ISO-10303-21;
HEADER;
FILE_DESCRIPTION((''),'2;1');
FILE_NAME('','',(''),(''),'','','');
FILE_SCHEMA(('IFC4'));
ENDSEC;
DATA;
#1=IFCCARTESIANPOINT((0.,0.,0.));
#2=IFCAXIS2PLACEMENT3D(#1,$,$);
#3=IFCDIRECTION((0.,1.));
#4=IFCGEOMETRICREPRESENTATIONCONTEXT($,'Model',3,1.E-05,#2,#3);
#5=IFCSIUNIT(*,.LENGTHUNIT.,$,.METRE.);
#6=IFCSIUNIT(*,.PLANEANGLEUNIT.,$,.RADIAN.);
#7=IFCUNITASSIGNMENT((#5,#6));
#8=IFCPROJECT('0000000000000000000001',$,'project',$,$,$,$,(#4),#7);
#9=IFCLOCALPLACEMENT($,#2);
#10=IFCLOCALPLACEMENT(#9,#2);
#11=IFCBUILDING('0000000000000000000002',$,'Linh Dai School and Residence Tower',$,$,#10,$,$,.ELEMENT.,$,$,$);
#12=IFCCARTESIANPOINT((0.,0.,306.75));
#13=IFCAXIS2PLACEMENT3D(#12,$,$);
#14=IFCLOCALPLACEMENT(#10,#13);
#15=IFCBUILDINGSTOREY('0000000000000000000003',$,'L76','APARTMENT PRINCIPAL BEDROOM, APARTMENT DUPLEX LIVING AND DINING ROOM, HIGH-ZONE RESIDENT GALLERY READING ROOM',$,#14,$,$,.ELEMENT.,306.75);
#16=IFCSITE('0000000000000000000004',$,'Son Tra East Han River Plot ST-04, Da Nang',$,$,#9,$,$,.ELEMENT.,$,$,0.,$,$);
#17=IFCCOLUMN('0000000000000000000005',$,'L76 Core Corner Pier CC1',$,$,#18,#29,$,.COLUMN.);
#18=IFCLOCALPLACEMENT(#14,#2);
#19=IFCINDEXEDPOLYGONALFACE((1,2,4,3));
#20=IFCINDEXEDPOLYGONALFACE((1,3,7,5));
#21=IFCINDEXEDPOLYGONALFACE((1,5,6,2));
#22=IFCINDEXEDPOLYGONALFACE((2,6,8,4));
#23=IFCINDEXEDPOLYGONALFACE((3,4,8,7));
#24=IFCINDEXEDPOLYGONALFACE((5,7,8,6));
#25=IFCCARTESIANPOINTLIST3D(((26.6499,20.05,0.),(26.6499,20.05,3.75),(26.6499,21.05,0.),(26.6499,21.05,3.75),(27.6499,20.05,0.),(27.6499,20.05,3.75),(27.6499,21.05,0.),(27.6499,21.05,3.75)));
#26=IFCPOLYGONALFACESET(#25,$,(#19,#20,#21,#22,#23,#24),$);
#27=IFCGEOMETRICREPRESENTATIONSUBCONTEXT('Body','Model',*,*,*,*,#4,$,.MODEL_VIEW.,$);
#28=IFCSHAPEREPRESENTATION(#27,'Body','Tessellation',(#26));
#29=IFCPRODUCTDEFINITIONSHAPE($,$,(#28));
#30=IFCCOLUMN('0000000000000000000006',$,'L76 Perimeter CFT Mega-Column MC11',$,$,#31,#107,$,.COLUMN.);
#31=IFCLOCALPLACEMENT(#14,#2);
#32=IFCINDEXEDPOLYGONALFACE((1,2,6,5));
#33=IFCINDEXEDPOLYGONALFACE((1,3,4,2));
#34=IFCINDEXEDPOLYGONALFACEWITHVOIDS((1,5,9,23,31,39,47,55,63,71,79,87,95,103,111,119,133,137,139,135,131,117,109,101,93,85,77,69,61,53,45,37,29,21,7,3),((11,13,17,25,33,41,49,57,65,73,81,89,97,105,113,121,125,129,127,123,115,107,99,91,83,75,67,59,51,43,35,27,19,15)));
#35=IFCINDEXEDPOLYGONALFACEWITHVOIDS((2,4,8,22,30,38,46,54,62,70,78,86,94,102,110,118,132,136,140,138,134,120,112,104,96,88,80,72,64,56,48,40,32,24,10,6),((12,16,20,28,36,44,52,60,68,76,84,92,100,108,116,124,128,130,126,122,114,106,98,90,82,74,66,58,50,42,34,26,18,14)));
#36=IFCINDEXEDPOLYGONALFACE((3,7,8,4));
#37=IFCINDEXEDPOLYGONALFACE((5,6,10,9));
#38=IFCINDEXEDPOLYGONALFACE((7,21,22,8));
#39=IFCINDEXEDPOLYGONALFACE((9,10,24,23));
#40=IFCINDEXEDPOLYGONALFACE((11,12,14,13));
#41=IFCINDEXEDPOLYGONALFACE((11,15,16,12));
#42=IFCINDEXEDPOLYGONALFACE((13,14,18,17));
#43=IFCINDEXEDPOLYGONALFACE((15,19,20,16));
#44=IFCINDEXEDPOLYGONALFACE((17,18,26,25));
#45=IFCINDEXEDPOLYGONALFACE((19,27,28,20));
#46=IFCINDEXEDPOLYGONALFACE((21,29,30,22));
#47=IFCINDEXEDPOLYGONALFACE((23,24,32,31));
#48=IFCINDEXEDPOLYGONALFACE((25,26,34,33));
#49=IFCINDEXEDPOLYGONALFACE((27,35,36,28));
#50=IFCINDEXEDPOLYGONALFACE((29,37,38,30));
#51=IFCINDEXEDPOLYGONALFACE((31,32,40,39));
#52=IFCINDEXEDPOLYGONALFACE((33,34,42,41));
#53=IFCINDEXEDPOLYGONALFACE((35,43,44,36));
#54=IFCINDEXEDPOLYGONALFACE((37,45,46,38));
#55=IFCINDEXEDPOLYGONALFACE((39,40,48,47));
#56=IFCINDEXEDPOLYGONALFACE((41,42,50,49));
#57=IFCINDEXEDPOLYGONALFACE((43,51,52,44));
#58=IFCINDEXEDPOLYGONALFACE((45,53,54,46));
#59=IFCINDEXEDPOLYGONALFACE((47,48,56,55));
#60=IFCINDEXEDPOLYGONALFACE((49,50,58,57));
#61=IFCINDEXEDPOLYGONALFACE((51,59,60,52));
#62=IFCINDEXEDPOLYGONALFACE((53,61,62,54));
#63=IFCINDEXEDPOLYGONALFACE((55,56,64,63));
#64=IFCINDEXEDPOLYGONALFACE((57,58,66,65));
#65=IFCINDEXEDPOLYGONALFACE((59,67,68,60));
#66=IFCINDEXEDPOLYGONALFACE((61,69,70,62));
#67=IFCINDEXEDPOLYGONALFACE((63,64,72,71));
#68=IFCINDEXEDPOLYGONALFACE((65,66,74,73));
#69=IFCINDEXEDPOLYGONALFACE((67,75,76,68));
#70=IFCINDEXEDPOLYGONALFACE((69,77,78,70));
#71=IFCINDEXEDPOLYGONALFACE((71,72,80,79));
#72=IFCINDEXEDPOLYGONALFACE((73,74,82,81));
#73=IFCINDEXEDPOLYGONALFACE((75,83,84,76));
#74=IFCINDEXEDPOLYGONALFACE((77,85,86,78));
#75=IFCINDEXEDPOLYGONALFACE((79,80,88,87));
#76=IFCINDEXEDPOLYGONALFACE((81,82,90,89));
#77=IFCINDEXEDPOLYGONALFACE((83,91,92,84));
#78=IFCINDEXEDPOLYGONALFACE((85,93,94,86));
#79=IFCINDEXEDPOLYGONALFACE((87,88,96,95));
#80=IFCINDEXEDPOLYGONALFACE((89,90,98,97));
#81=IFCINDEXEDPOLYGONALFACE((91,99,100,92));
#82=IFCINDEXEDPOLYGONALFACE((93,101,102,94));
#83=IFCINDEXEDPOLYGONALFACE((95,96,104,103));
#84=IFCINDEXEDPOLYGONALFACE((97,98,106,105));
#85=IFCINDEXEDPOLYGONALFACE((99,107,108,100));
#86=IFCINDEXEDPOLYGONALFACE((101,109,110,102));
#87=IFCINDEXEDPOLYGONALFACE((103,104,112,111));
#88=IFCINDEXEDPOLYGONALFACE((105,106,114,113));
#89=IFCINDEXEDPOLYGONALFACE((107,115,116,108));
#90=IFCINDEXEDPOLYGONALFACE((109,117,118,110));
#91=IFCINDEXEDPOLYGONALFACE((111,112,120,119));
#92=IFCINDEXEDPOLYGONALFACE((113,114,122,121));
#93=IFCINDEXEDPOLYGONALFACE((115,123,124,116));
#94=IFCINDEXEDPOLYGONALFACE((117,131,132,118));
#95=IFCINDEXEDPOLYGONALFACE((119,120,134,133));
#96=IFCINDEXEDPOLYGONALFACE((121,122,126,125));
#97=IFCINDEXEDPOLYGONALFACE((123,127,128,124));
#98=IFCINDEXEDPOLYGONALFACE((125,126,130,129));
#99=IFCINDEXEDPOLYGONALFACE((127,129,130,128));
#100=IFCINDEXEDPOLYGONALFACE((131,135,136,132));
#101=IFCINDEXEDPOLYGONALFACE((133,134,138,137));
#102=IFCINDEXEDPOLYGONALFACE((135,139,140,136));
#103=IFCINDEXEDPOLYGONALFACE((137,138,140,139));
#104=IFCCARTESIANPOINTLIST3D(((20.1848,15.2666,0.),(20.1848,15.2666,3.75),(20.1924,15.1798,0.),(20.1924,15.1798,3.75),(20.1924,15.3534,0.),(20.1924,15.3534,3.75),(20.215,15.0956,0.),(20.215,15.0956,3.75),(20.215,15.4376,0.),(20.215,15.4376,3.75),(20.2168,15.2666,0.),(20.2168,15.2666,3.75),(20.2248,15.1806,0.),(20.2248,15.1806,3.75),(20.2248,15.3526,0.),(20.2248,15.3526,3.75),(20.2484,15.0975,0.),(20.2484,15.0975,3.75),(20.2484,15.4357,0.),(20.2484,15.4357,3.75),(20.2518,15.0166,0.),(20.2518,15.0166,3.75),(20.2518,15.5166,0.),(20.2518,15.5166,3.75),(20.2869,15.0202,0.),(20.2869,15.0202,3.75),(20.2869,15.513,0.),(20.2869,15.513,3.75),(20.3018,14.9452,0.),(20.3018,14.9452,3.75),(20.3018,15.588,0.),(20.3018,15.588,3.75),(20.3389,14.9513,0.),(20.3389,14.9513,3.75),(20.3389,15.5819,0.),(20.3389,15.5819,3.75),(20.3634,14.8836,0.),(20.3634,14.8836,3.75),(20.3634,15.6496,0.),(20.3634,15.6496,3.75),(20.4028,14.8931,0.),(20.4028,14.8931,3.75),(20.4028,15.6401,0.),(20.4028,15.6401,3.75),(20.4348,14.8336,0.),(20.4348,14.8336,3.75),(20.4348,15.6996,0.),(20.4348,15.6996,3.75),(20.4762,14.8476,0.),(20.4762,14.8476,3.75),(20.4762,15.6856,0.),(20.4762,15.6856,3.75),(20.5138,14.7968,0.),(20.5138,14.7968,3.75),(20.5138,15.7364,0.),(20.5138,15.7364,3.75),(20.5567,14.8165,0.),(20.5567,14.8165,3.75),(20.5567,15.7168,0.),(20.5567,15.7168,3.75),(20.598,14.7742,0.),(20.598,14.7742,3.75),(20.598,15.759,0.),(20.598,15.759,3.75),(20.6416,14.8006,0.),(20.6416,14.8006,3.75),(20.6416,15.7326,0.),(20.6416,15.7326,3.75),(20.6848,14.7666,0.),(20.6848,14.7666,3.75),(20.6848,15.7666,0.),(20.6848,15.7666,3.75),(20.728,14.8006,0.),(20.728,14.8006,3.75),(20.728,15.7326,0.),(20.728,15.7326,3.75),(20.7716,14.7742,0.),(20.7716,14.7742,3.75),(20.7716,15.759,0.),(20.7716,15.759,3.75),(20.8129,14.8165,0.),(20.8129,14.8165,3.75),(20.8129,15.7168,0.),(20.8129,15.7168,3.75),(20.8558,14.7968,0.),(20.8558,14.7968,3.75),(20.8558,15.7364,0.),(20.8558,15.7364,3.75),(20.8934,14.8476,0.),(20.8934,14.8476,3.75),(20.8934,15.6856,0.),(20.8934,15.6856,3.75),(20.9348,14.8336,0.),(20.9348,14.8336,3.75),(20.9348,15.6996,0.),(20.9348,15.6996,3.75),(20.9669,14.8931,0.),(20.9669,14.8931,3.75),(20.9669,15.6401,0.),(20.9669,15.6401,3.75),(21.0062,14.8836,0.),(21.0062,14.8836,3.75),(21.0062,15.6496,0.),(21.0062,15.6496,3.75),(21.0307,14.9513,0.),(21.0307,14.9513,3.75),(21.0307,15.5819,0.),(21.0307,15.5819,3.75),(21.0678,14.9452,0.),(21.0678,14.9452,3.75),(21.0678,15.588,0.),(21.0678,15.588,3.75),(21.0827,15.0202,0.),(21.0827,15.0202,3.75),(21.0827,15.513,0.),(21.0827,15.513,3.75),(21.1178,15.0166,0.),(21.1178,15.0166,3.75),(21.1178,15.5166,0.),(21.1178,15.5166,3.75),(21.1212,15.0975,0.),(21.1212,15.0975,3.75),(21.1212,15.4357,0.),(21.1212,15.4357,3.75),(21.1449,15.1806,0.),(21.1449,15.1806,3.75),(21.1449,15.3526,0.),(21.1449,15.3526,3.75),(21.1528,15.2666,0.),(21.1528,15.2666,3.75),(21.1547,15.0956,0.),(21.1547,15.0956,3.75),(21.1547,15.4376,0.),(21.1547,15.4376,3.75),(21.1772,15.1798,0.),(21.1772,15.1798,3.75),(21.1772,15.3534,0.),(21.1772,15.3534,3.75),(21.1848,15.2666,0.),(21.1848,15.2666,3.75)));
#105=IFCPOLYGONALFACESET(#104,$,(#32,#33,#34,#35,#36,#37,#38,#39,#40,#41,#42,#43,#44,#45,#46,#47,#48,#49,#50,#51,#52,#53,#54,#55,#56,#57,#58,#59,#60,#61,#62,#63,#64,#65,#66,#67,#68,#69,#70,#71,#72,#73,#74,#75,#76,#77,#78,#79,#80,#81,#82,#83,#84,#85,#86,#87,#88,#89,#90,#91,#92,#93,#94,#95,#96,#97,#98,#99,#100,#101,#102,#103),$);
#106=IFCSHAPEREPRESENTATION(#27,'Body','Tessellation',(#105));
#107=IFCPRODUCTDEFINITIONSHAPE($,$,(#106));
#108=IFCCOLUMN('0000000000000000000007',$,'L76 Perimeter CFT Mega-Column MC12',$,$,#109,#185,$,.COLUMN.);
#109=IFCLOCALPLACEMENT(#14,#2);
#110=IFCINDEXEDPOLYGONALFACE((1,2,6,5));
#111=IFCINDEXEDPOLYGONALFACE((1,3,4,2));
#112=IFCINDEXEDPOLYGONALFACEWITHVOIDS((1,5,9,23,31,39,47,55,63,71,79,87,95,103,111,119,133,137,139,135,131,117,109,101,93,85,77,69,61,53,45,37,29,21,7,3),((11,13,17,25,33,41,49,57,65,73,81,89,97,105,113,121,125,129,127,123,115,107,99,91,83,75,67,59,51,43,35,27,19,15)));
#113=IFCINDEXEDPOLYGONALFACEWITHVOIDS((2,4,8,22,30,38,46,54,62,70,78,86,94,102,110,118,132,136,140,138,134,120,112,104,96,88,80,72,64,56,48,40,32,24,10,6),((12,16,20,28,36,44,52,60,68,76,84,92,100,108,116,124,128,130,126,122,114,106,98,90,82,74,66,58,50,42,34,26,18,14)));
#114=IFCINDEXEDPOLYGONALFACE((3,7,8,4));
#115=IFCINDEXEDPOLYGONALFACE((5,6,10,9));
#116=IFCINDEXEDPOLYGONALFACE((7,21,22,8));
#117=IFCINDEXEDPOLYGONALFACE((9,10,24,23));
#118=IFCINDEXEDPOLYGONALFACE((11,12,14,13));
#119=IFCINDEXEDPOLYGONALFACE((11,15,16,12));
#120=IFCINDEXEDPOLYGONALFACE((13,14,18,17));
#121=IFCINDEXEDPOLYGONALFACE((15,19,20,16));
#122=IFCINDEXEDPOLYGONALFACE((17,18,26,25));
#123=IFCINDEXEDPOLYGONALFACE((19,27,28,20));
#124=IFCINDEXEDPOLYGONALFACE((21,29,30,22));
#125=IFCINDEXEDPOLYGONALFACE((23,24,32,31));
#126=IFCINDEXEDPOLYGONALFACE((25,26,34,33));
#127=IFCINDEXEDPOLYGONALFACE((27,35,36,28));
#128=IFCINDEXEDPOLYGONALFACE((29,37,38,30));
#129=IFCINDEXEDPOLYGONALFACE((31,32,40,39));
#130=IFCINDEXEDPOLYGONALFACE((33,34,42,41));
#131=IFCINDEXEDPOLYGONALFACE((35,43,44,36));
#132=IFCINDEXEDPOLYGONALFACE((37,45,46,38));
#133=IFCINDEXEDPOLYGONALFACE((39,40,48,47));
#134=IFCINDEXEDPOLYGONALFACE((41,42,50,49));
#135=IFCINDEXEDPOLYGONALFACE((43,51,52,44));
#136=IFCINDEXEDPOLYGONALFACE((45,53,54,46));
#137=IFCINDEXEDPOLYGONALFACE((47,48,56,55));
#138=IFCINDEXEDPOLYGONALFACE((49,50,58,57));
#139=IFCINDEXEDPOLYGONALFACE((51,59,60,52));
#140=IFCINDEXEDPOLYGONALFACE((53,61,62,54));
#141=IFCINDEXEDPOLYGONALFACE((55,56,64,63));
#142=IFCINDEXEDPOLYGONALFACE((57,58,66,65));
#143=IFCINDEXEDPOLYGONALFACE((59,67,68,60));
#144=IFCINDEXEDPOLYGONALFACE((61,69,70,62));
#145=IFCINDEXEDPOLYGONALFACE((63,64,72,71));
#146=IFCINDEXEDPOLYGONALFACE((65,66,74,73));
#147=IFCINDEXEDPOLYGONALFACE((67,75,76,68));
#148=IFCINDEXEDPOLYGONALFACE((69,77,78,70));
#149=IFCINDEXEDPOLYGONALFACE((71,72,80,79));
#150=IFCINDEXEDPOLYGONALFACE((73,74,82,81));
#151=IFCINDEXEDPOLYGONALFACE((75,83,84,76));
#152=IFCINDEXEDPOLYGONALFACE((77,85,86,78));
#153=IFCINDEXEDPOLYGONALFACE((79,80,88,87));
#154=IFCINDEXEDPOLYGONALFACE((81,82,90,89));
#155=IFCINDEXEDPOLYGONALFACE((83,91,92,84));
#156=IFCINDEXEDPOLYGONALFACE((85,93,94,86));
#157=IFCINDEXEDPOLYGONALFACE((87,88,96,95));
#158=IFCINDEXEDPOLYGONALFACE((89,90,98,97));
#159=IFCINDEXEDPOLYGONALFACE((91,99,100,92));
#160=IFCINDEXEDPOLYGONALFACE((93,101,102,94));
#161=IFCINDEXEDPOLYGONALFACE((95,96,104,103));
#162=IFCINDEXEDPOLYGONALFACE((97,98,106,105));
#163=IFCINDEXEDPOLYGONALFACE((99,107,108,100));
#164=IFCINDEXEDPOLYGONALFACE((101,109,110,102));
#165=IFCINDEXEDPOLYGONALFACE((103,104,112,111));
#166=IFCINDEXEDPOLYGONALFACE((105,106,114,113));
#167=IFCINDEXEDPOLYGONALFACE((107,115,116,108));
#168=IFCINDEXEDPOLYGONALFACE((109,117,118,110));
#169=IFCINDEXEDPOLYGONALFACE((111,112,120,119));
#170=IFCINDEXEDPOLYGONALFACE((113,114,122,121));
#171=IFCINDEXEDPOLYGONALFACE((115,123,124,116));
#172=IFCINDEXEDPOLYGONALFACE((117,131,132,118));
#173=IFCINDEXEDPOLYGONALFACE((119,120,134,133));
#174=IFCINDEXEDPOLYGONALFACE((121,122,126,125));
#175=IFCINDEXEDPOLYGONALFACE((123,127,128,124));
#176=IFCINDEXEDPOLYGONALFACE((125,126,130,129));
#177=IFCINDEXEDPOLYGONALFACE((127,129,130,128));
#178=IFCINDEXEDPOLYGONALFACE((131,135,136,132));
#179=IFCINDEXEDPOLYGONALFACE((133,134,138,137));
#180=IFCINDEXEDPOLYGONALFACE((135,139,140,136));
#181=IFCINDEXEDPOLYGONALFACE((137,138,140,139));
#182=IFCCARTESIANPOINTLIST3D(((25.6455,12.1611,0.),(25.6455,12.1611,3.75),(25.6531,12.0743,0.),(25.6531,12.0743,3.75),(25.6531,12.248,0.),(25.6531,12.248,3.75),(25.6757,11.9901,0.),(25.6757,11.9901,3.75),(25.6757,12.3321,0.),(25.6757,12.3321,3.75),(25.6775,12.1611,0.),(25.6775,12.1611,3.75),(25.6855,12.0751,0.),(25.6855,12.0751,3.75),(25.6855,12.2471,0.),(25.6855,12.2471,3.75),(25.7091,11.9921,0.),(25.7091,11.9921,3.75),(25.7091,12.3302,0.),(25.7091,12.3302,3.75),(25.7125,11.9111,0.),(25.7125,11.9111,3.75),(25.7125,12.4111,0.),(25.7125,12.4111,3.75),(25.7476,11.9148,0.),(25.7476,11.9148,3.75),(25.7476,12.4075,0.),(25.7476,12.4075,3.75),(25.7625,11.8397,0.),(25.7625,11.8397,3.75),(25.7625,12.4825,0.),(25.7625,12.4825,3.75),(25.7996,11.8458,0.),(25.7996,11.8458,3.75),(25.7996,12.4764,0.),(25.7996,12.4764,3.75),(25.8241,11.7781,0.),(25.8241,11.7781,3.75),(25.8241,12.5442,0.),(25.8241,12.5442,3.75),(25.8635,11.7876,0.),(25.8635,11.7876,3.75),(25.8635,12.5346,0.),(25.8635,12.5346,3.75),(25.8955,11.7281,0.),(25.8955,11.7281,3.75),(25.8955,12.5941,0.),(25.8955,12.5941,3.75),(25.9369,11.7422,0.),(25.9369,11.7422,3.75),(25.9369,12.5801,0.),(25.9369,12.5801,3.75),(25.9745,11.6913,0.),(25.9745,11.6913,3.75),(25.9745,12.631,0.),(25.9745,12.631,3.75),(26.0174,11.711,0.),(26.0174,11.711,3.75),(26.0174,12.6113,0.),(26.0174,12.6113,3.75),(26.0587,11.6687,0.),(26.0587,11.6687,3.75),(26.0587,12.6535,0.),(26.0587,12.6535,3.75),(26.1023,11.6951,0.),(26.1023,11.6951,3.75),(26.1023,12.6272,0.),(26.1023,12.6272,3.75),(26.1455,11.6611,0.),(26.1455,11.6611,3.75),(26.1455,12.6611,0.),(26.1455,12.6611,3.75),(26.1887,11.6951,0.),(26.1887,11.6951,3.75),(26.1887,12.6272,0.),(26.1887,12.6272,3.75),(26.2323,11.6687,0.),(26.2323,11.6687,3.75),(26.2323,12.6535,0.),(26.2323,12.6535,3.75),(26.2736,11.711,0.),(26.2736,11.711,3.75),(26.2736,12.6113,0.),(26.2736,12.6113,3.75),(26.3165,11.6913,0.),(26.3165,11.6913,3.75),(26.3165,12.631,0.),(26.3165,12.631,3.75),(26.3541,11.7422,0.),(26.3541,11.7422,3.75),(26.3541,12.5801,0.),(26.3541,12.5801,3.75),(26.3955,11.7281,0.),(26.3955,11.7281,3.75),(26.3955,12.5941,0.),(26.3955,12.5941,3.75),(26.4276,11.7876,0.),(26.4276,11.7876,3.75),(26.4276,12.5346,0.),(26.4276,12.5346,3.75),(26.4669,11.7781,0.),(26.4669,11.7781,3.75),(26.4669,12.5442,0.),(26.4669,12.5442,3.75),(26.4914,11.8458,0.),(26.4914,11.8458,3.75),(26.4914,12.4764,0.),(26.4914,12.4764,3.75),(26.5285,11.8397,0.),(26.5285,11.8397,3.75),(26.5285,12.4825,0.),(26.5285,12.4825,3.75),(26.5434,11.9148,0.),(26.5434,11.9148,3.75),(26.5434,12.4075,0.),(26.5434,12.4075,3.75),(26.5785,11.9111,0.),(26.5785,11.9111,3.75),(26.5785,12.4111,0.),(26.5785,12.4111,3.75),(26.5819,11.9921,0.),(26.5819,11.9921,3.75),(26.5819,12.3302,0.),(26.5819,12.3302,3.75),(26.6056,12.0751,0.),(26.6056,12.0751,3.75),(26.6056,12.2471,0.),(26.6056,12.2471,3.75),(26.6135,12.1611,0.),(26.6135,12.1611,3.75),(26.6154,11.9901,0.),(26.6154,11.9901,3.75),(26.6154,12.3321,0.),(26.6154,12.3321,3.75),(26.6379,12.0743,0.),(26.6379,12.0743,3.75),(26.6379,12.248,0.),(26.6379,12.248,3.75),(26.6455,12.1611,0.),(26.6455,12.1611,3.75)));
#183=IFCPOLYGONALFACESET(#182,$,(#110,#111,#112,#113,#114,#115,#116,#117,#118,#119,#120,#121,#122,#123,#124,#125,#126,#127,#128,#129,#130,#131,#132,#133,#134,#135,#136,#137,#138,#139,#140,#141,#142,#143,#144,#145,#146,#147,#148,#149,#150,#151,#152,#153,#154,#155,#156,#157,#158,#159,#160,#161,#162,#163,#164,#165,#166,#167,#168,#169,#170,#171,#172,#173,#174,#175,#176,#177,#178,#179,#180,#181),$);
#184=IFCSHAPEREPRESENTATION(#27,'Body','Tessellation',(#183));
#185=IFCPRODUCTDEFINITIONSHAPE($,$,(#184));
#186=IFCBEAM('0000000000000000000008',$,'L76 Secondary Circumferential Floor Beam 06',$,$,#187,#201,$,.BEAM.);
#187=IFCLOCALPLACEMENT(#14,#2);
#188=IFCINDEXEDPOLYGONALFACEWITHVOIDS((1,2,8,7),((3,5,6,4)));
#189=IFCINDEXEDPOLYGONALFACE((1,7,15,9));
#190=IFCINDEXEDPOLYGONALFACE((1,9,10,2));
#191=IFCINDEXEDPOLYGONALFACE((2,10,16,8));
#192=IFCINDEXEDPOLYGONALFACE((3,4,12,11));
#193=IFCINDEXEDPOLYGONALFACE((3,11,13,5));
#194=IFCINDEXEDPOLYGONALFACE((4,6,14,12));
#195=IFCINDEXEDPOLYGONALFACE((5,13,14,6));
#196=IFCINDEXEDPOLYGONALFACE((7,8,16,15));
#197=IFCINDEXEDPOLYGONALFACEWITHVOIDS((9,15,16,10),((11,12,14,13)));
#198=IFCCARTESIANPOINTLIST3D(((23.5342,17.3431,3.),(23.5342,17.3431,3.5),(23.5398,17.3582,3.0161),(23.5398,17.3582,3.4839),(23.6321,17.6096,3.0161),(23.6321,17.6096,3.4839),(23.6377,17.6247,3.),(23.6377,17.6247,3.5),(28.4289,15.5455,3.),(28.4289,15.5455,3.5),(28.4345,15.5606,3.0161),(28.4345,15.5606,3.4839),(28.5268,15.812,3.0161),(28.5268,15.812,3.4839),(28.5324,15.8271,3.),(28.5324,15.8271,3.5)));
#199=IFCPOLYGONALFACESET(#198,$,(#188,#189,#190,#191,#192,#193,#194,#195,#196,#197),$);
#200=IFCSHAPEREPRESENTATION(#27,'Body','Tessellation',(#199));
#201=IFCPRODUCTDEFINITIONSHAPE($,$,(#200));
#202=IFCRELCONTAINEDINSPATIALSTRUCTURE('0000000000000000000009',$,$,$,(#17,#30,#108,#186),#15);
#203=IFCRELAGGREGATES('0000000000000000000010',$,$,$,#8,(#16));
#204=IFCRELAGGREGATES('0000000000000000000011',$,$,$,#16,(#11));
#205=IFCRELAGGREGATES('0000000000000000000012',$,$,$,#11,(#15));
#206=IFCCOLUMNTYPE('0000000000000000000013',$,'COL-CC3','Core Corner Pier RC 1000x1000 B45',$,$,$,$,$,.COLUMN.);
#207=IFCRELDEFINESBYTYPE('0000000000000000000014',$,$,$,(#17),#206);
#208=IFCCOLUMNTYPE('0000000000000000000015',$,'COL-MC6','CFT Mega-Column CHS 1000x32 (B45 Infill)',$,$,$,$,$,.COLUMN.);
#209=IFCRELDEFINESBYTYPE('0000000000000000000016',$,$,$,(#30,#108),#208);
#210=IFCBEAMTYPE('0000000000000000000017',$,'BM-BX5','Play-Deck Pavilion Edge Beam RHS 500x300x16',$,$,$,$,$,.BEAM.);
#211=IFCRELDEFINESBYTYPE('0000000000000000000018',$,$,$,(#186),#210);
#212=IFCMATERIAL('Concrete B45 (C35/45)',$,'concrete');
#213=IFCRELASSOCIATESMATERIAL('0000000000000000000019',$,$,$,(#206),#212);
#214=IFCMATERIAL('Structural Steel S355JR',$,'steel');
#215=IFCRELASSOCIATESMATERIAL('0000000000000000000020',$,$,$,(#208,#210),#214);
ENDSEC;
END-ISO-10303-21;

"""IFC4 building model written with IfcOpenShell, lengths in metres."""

from ifc_helpers import new_model, si_unit, direction, frame, origin, origin_2d, place, context, subcontext, project, spatial, rectangle, hollow_rectangle, hollow_circle, extrude, material, material_profile, profile_set, type_object, element, save


model = new_model("IFC4")

# Units and contexts
model_context = context("Model", 3, precision=1e-05, world=origin(), true_north=direction((0.0, 1.0)))
body_context = subcontext(model_context, "Body", "Model", "MODEL_VIEW")
ifc_project = project(units=[si_unit("LENGTHUNIT", "METRE"), si_unit("PLANEANGLEUNIT", "RADIAN")], contexts=[model_context])

# Site, building, storey
site_placement = place(None, origin())
site = spatial("IfcSite", under=ifc_project, at=site_placement, Name="Son Tra East Han River Plot ST-04, Da Nang", CompositionType="ELEMENT", RefElevation=0.0)
building_placement = place(site_placement, origin())
building = spatial("IfcBuilding", under=site, at=building_placement, Name="Linh Dai School and Residence Tower", CompositionType="ELEMENT")
storey_placement = place(building_placement, frame((0.0, 0.0, 306.75)))
storey = spatial("IfcBuildingStorey", under=building, at=storey_placement, Name="L76", Description="APARTMENT PRINCIPAL BEDROOM, APARTMENT DUPLEX LIVING AND DINING ROOM, HIGH-ZONE RESIDENT GALLERY READING ROOM", CompositionType="ELEMENT", Elevation=306.75)

# Columns
ifc_material_1 = material(Name="Concrete B45 (C35/45)", Category="concrete")
ifc_material_profile_1 = material_profile(ifc_material_1, rectangle(XDim=1.0, YDim=1.0, at=origin_2d()), Name="RC 1000x1000")
ifc_profile_set_1 = profile_set([ifc_material_profile_1], Name="Concrete B45 (C35/45)")
column_type_1 = type_object("IfcColumnType", Name="COL-CC3", Description="Core Corner Pier RC 1000x1000 B45", PredefinedType="COLUMN", material=ifc_profile_set_1)
column_placement = place(storey_placement, frame((27.1499, 20.55, 0.0), z_axis=(0.0, 0.0, 1.0), x_axis=(1.0, 0.0, 0.0)))
element("IfcColumn", 1, at=column_placement, inside=storey, type_object=column_type_1, Name="L76 Core Corner Pier CC1", PredefinedType="COLUMN", context=body_context, shape_type="SweptSolid", body=[
    extrude(rectangle(XDim=1.0, YDim=1.0, at=origin_2d()), origin(), (0.0, 0.0, 1.0), 3.75),
])
ifc_material_2 = material(Name="Structural Steel S355JR", Category="steel")
ifc_material_profile_2 = material_profile(ifc_material_2, hollow_circle(Radius=0.5, WallThickness=0.032, at=origin_2d()), Name="CHS 1000x32")
ifc_profile_set_2 = profile_set([ifc_material_profile_2], Name="Structural Steel S355JR")
column_type_2 = type_object("IfcColumnType", Name="COL-MC6", Description="CFT Mega-Column CHS 1000x32 (B45 Infill)", PredefinedType="COLUMN", material=ifc_profile_set_2)
for number, where, z_axis, x_axis, name in (
    (2, (20.6848, 15.2666, 0.0), (0.0, 0.0, 1.0), (1.0, 0.0, 0.0), "L76 Perimeter CFT Mega-Column MC11"),
    (3, (26.1455, 12.1611, 0.0), (0.0, 0.0, 1.0), (1.0, 0.0, 0.0), "L76 Perimeter CFT Mega-Column MC12"),
):
    element("IfcColumn", number, at=place(storey_placement, frame(where, z_axis=z_axis, x_axis=x_axis)), inside=storey, type_object=column_type_2, Name=name, PredefinedType="COLUMN", context=body_context, shape_type="SweptSolid", body=[
        extrude(hollow_circle(Radius=0.5, WallThickness=0.032, at=origin_2d()), origin(), (0.0, 0.0, 1.0), 3.75),
    ])

# Beam
ifc_material_profile_3 = material_profile(ifc_material_2, hollow_rectangle(XDim=0.3, YDim=0.5, WallThickness=0.0161, at=origin_2d()), Name="RHS 500x300x16")
ifc_profile_set_3 = profile_set([ifc_material_profile_3], Name="Structural Steel S355JR")
beam_type_1 = type_object("IfcBeamType", Name="BM-BX5", Description="Play-Deck Pavilion Edge Beam RHS 500x300x16", PredefinedType="BEAM", material=ifc_profile_set_3)
beam_1_placement = place(storey_placement, frame((23.5859, 17.4839, 3.25), z_axis=(0.938699, -0.344737, 0.0), x_axis=(0.344737, 0.938699, 0.0)))
element("IfcBeam", 4, at=beam_1_placement, inside=storey, type_object=beam_type_1, Name="L76 Secondary Circumferential Floor Beam 06", PredefinedType="BEAM", context=body_context, shape_type="SweptSolid", body=[
    extrude(hollow_rectangle(XDim=0.3, YDim=0.5, WallThickness=0.0161, at=origin_2d()), origin(), (0.0, 0.0, 1.0), 5.2144),
])

save(model, "model.ifc")
